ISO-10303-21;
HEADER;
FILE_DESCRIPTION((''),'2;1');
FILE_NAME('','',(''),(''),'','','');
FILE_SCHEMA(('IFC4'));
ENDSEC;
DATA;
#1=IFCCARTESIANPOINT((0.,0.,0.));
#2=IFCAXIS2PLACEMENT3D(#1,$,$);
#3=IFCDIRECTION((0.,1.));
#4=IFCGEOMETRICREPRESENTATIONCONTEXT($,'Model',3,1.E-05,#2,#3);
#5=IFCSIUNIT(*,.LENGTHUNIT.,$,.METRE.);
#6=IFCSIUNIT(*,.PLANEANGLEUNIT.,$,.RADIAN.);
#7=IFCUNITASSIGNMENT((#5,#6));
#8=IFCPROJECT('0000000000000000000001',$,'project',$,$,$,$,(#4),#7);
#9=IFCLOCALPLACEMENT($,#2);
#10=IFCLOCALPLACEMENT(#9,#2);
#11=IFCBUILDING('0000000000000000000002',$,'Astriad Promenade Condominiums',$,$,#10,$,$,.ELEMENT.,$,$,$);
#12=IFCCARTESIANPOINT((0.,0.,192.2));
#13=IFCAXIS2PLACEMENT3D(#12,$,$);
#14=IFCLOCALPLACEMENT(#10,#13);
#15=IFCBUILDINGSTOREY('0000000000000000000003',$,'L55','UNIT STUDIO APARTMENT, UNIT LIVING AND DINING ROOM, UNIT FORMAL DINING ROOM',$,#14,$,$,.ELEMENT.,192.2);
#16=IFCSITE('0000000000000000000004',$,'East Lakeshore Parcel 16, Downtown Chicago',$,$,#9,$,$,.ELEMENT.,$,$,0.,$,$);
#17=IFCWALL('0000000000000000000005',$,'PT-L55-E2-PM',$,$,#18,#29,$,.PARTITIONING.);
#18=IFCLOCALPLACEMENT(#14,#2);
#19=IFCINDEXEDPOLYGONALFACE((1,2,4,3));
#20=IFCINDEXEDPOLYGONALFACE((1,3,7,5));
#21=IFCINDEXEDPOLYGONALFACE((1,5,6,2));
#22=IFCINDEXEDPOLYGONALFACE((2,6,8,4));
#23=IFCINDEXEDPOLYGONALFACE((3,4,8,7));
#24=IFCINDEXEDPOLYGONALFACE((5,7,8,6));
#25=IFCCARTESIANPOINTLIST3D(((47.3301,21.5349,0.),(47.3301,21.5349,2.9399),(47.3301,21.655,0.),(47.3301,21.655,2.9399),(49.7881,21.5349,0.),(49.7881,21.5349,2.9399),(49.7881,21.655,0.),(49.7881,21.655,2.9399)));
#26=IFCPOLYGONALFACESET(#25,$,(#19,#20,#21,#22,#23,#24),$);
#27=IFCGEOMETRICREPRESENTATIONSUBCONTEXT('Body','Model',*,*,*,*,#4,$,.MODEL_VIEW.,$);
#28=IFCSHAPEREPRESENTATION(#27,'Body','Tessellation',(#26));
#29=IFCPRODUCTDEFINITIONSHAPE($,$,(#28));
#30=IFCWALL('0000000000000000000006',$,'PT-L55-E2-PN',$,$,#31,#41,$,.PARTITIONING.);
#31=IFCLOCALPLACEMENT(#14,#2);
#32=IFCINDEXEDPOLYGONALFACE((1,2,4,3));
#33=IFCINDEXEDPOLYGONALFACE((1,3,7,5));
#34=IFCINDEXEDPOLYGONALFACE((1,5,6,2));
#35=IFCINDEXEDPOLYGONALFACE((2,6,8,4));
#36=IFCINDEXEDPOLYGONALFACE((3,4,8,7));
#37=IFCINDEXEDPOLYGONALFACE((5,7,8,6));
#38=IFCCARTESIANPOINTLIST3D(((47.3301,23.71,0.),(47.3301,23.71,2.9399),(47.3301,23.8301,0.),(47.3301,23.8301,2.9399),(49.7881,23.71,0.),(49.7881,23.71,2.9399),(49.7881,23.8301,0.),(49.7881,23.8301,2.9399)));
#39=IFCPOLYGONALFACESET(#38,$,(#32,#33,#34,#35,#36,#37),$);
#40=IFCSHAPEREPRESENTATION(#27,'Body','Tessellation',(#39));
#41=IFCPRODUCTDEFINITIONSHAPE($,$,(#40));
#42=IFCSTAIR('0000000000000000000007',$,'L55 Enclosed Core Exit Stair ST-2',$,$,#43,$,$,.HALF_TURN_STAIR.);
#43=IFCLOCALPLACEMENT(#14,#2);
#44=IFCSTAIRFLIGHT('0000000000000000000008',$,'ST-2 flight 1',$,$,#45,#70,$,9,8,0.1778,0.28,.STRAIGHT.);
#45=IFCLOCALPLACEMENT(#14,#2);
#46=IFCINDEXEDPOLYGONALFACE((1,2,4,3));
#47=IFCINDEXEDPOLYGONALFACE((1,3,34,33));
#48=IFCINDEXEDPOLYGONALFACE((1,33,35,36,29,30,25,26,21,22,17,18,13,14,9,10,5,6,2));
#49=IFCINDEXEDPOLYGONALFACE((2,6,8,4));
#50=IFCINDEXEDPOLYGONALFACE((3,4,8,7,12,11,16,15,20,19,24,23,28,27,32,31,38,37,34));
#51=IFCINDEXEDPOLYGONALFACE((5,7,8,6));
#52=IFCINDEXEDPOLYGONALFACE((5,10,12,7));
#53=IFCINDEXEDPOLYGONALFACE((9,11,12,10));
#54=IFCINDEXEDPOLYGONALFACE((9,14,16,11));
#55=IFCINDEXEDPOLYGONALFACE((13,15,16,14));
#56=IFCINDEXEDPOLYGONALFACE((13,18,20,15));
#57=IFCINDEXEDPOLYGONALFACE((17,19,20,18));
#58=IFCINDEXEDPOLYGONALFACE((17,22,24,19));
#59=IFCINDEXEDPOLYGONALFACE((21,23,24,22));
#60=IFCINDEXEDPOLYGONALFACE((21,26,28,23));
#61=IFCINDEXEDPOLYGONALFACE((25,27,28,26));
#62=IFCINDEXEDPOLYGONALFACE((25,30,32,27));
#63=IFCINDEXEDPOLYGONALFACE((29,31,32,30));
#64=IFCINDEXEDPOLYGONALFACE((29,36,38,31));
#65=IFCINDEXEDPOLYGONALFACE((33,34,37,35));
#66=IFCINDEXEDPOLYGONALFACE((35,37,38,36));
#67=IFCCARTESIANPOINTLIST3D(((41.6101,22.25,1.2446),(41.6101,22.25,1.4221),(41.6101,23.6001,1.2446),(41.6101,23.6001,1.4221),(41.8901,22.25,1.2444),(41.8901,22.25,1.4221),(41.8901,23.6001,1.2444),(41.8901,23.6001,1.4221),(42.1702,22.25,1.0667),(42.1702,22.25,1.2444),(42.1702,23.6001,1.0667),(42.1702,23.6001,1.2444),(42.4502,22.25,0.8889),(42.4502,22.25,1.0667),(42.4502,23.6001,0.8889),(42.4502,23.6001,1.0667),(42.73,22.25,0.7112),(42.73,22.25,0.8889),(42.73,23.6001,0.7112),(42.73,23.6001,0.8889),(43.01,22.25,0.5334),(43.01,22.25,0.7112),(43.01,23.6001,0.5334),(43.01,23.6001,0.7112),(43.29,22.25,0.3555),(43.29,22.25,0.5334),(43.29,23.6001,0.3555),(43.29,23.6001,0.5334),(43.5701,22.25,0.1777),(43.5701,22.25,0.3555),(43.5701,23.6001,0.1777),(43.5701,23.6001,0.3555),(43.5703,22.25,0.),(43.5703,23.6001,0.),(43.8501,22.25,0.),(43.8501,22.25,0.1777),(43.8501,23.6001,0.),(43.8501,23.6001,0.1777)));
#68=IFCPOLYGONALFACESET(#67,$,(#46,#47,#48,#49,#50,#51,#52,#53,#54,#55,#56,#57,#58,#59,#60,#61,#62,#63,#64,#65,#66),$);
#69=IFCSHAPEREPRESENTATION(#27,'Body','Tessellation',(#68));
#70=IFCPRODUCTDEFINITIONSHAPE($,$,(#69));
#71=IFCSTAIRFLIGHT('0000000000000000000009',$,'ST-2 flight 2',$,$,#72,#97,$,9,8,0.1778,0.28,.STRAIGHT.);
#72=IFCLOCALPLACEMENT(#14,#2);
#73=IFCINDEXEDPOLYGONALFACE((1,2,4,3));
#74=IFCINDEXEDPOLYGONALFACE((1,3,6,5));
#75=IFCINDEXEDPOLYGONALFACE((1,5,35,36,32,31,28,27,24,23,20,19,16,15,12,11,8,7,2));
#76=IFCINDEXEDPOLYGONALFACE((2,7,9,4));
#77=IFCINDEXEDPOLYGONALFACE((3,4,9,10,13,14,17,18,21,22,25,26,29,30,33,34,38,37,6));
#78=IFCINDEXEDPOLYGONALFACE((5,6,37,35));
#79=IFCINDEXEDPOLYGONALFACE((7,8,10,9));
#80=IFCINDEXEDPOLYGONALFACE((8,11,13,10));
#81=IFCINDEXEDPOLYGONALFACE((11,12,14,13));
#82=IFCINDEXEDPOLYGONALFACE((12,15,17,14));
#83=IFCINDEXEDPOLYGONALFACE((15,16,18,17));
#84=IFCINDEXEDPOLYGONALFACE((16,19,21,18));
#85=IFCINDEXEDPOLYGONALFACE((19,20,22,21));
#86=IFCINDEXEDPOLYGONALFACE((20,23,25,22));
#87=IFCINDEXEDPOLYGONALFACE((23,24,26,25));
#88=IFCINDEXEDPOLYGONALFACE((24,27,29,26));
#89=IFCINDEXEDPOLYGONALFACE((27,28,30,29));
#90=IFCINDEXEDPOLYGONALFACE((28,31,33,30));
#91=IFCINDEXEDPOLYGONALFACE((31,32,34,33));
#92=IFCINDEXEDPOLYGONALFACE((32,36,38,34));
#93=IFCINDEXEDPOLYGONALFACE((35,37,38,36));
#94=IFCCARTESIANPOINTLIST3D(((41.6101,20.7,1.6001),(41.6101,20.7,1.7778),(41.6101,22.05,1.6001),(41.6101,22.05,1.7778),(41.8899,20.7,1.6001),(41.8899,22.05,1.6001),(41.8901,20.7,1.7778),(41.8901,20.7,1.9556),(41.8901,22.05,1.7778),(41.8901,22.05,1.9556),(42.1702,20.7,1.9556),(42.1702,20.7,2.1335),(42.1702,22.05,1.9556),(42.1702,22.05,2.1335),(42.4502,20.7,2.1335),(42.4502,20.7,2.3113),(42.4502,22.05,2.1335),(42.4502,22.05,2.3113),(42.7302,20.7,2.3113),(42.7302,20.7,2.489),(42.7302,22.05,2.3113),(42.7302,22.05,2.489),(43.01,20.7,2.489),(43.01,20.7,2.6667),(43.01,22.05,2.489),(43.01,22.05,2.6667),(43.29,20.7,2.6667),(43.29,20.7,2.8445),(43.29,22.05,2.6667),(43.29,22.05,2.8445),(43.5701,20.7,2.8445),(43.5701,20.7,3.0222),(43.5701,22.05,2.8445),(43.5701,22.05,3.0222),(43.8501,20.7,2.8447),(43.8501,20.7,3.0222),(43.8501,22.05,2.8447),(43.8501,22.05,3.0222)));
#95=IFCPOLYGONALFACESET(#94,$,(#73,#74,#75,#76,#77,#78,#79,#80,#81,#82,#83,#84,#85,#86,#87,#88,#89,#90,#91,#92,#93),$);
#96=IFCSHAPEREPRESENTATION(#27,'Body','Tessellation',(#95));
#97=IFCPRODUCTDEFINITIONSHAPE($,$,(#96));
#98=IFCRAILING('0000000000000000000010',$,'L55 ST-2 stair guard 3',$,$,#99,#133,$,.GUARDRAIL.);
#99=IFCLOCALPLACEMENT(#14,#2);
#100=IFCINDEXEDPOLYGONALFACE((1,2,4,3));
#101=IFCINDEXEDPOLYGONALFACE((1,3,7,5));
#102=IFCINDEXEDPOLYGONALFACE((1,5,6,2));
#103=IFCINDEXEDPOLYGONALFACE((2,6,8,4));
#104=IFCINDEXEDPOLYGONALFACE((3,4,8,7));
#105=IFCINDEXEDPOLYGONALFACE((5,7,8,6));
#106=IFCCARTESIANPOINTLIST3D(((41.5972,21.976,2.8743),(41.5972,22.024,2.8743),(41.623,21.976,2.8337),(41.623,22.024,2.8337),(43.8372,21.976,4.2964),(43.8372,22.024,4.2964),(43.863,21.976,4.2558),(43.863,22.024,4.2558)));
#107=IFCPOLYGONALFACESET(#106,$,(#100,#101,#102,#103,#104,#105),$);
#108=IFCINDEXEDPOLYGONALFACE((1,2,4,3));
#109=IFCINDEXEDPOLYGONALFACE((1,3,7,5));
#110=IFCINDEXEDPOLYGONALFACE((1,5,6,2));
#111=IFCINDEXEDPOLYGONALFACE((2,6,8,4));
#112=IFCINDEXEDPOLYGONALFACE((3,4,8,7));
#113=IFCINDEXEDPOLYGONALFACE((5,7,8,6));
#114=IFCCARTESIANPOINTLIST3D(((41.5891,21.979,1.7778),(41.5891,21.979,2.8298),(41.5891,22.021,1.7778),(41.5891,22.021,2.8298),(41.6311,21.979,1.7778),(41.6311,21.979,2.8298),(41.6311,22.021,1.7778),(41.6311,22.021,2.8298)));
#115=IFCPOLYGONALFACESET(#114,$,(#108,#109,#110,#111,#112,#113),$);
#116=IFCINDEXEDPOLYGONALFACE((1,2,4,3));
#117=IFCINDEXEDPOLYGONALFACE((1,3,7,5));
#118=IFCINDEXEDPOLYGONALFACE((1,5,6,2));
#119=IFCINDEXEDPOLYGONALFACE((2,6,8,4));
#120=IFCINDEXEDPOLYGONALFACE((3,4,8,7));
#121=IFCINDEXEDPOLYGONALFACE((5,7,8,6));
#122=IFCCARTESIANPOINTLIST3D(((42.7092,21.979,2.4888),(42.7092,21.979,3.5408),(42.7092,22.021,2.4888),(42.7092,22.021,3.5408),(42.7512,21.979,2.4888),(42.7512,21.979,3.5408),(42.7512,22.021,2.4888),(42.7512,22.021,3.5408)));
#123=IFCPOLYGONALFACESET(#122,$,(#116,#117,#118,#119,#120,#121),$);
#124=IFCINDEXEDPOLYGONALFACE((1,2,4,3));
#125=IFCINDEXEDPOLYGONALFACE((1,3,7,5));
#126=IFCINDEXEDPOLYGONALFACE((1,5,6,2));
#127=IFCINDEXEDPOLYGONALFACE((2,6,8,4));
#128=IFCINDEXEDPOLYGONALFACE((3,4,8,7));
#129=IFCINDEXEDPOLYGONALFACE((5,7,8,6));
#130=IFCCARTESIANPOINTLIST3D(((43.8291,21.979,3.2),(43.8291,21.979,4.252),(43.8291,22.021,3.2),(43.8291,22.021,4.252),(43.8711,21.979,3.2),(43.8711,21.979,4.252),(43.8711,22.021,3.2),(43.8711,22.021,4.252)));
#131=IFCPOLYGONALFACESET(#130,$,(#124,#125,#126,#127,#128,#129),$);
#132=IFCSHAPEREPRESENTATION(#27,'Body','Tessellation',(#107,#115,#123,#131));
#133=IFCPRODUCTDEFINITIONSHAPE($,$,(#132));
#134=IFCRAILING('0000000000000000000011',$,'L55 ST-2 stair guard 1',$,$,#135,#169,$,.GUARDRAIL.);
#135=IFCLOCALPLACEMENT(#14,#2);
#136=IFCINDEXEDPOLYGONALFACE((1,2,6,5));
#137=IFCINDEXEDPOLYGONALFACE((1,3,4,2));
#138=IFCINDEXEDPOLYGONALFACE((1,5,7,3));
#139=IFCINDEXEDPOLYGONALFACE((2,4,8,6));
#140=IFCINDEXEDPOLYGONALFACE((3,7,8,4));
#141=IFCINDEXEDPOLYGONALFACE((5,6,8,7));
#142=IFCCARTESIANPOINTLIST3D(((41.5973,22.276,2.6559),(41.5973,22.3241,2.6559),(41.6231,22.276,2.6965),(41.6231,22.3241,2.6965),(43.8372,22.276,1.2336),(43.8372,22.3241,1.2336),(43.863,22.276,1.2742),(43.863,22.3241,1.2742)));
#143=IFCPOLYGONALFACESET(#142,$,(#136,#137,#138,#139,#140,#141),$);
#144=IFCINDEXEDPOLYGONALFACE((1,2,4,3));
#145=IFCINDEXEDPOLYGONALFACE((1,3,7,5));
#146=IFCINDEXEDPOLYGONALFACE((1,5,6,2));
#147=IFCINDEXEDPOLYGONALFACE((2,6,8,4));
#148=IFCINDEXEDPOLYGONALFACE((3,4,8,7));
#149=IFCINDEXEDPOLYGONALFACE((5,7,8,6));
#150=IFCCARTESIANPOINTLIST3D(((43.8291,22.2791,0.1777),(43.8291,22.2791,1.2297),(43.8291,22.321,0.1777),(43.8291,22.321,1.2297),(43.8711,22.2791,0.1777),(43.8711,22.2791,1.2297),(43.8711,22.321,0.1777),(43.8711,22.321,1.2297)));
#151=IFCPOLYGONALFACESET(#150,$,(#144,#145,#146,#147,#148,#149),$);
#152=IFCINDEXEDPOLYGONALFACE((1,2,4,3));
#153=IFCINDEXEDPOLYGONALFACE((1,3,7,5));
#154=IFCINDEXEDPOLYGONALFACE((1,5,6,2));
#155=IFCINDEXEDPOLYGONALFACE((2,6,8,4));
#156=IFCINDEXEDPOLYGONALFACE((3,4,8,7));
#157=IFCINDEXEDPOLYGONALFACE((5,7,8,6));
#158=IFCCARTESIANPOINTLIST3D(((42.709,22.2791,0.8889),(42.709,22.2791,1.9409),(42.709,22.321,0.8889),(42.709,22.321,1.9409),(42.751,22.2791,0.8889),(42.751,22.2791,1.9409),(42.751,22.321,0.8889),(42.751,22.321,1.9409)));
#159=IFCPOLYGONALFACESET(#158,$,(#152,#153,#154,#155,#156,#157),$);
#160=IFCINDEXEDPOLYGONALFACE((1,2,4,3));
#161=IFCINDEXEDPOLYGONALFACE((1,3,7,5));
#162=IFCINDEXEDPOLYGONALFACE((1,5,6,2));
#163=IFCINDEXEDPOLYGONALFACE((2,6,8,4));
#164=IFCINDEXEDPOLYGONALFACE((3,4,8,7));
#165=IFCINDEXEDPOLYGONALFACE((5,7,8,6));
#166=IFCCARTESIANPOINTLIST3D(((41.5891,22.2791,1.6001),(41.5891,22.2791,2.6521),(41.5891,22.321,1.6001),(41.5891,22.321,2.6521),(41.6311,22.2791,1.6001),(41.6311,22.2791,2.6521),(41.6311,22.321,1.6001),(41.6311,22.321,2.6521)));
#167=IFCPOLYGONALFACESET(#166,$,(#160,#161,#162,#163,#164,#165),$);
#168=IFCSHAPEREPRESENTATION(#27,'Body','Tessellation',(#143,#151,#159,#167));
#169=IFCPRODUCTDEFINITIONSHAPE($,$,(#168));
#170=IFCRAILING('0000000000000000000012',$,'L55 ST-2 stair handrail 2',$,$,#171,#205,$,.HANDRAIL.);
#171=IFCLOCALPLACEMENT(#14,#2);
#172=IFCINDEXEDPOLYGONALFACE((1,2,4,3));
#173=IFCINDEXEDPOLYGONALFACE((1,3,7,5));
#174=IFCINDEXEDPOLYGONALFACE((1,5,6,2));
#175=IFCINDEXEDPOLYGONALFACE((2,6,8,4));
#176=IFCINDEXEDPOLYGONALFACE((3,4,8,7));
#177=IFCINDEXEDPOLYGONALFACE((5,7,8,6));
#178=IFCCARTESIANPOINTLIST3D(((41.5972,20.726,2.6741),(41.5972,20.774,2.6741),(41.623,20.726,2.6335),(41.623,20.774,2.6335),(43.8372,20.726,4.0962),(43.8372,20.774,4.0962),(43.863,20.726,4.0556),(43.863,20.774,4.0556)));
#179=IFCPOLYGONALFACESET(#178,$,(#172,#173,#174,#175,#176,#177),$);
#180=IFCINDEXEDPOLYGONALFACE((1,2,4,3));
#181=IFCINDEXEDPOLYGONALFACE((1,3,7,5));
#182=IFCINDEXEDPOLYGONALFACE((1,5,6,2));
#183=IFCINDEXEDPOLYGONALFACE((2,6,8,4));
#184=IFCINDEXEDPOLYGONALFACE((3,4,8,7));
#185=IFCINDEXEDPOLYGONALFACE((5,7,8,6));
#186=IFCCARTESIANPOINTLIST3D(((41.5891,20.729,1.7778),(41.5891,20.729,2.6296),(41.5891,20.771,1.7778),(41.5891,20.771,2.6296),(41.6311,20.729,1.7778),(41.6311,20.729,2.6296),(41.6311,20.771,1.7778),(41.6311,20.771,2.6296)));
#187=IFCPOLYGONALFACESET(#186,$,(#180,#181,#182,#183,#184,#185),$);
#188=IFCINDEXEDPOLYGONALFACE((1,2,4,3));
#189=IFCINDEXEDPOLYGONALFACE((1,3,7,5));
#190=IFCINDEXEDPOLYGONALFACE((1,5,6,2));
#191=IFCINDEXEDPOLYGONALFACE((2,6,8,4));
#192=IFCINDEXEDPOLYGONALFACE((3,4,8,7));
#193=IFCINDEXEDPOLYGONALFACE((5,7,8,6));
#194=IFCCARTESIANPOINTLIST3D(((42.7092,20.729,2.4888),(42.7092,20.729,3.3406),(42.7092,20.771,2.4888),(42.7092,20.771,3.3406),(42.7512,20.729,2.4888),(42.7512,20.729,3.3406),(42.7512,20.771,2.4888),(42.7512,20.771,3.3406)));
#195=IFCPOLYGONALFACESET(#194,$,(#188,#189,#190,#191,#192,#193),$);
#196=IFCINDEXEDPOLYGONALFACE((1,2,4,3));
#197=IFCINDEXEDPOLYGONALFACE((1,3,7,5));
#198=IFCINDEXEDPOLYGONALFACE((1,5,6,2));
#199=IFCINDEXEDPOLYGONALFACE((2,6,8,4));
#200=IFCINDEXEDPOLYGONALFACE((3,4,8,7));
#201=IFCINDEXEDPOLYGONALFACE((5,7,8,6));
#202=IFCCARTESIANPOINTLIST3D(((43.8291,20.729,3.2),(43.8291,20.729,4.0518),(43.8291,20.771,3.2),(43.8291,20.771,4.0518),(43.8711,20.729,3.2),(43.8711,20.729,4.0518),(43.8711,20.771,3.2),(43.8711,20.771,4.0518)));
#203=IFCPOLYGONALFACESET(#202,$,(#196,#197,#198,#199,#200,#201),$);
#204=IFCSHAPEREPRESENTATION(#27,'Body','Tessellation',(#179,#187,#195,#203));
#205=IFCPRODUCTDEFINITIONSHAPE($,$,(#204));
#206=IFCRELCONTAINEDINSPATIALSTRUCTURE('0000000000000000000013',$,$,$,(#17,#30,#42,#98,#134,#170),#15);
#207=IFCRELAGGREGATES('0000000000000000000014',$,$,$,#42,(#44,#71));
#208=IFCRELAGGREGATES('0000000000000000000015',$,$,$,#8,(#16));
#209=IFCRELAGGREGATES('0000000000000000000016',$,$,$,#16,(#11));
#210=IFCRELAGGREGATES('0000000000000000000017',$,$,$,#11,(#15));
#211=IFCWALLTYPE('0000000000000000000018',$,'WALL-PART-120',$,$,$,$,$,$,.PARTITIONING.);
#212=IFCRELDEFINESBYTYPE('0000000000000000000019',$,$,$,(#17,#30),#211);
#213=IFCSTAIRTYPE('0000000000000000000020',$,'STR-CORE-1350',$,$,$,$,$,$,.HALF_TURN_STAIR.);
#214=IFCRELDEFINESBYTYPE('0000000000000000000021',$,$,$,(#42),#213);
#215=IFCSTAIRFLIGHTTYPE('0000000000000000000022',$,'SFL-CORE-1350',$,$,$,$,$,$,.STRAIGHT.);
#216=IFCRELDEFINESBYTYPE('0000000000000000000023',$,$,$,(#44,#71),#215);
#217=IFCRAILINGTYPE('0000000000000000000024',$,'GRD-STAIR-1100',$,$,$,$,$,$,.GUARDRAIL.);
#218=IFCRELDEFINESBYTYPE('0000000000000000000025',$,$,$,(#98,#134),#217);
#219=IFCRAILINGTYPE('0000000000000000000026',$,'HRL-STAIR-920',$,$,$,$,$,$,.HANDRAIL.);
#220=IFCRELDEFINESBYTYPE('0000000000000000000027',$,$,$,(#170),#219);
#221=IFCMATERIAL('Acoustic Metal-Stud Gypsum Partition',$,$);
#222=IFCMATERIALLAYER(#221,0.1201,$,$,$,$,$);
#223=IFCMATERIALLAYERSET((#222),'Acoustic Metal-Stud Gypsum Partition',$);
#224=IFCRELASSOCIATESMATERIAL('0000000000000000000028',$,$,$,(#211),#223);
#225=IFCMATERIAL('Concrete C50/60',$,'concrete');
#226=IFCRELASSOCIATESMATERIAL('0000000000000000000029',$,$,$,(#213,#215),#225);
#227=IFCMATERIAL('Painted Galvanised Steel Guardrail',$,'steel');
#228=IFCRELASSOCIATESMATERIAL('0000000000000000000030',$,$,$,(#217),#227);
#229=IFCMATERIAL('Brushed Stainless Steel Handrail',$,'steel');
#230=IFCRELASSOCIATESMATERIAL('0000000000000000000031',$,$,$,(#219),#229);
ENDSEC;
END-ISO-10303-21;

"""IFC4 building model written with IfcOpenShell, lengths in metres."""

from ifc_helpers import new_model, si_unit, direction, frame, frame_2d, origin, origin_2d, place, context, subcontext, project, spatial, polyline, rectangle, outline, extrude, source, transform, mapped, material, layer, layer_set, type_object, type_shapes, element, aggregate, save


model = new_model("IFC4")

# Units and contexts
model_context = context("Model", 3, precision=1e-05, world=origin(), true_north=direction((0.0, 1.0)))
body_context = subcontext(model_context, "Body", "Model", "MODEL_VIEW")
ifc_project = project(units=[si_unit("LENGTHUNIT", "METRE"), si_unit("PLANEANGLEUNIT", "RADIAN")], contexts=[model_context])

# Site, building, storey
site_placement = place(None, origin())
site = spatial("IfcSite", under=ifc_project, at=site_placement, Name="East Lakeshore Parcel 16, Downtown Chicago", CompositionType="ELEMENT", RefElevation=0.0)
building_placement = place(site_placement, origin())
building = spatial("IfcBuilding", under=site, at=building_placement, Name="Astriad Promenade Condominiums", CompositionType="ELEMENT")
storey_placement = place(building_placement, frame((0.0, 0.0, 192.2)))
storey = spatial("IfcBuildingStorey", under=building, at=storey_placement, Name="L55", Description="UNIT STUDIO APARTMENT, UNIT LIVING AND DINING ROOM, UNIT FORMAL DINING ROOM", CompositionType="ELEMENT", Elevation=192.2)

# Shared definitions
ifc_material_1 = material(Name="Concrete C50/60", Category="concrete")

# Walls
ifc_material_2 = material(Name="Acoustic Metal-Stud Gypsum Partition")
ifc_layer_1 = layer(ifc_material_2, 0.1201)
ifc_layer_set_1 = layer_set([ifc_layer_1], Name="Acoustic Metal-Stud Gypsum Partition")
wall_type_1 = type_object("IfcWallType", Name="WALL-PART-120", PredefinedType="PARTITIONING", material=ifc_layer_set_1)
for number, where, z_axis, x_axis, name in (
    (1, (47.3301, 21.595, 0.0), (0.0, 0.0, 1.0), (1.0, 0.0, 0.0), "PT-L55-E2-PM"),
    (2, (47.3301, 23.77, 0.0), (0.0, 0.0, 1.0), (1.0, 0.0, 0.0), "PT-L55-E2-PN"),
):
    element("IfcWall", number, at=place(storey_placement, frame(where, z_axis=z_axis, x_axis=x_axis)), inside=storey, type_object=wall_type_1, Name=name, PredefinedType="PARTITIONING", context=body_context, shape_type="SweptSolid", body=[
        extrude(rectangle(XDim=2.458, YDim=0.1201, at=frame_2d((1.229, 0.0))), origin(), (0.0, 0.0, 1.0), 2.9399),
    ])

# Stair, stair flights
stair_type = type_object("IfcStairType", Name="STR-CORE-1350", PredefinedType="HALF_TURN_STAIR", material=ifc_material_1)
stair_placement = place(storey_placement, origin())
stair = element("IfcStair", 3, at=stair_placement, inside=storey, type_object=stair_type, Name="L55 Enclosed Core Exit Stair ST-2", PredefinedType="HALF_TURN_STAIR")
stair_flight_type = type_object("IfcStairFlightType", Name="SFL-CORE-1350", PredefinedType="STRAIGHT", material=ifc_material_1)
shared_shape_1 = source(origin(), body_context, "Body", "SweptSolid", [
    extrude(outline(polyline([(0.0, 0.0), (0.0, 0.1777), (0.28, 0.1777), (0.28, 0.3555), (0.5601, 0.3555), (0.5601, 0.5334), (0.8401, 0.5334), (0.8401, 0.7112), (1.1201, 0.7112), (1.1201, 0.8889), (1.3999, 0.8889), (1.3999, 1.0667), (1.6799, 1.0667), (1.6799, 1.2444), (1.96, 1.2444), (1.96, 1.4221), (2.24, 1.4221), (2.24, 1.6001), (2.24, 1.2446), (0.2798, 0.0), (0.0, 0.0)])), frame((0.0, 0.675, 0.0), z_axis=(0.0, -1.0, 0.0), x_axis=(1.0, 0.0, 0.0)), (0.0, 0.0, 1.0), 1.3501),
])
type_shapes(stair_flight_type, [shared_shape_1])
stair_flight_1_placement = place(storey_placement, frame((43.8501, 22.925, 0.0), z_axis=(0.0, 0.0, 1.0), x_axis=(-1.0, 0.0, 0.0)))
stair_flight_1 = element("IfcStairFlight", 4, at=stair_flight_1_placement, type_object=stair_flight_type, Name="ST-2 flight 1", NumberOfRisers=9, NumberOfTreads=8, PredefinedType="STRAIGHT", RiserHeight=0.1778, TreadLength=0.28, context=body_context, shape_type="MappedRepresentation", body=[
    mapped(shared_shape_1, transform((0.0, 0.0, 0.0), scale=1.0)),
])
stair_flight_2_placement = place(storey_placement, frame((41.6101, 21.375, 1.6001), z_axis=(0.0, 0.0, 1.0), x_axis=(1.0, 0.0, 0.0)))
stair_flight_2 = element("IfcStairFlight", 5, at=stair_flight_2_placement, type_object=stair_flight_type, Name="ST-2 flight 2", NumberOfRisers=9, NumberOfTreads=8, PredefinedType="STRAIGHT", RiserHeight=0.1778, TreadLength=0.28, context=body_context, shape_type="MappedRepresentation", body=[
    mapped(shared_shape_1, transform((0.0, 0.0, 0.0), scale=1.0)),
])
aggregate(stair, [stair_flight_1, stair_flight_2])

# Railings
ifc_material_3 = material(Name="Painted Galvanised Steel Guardrail", Category="steel")
railing_type_1 = type_object("IfcRailingType", Name="GRD-STAIR-1100", PredefinedType="GUARDRAIL", material=ifc_material_3)
shared_shape_2 = source(origin(), body_context, "Body", "SweptSolid", [
    extrude(rectangle(XDim=0.0481, YDim=0.0481, at=origin_2d()), frame((0.0, 0.0, 1.0762), z_axis=(0.844229, 0.0, 0.535982), x_axis=(0.0, 1.0, 0.0)), (0.0, 0.0, 1.0), 2.6533),
    extrude(rectangle(XDim=0.042, YDim=0.042, at=origin_2d()), origin(), (0.0, 0.0, 1.0), 1.052),
    extrude(rectangle(XDim=0.042, YDim=0.042, at=origin_2d()), frame((1.1201, 0.0, 0.7109)), (0.0, 0.0, 1.0), 1.052),
    extrude(rectangle(XDim=0.042, YDim=0.042, at=origin_2d()), frame((2.24, 0.0, 1.4221)), (0.0, 0.0, 1.0), 1.052),
])
railing_1_placement = place(storey_placement, frame((41.6101, 22.0, 1.7778)))
element("IfcRailing", 6, at=railing_1_placement, inside=storey, type_object=railing_type_1, Name="L55 ST-2 stair guard 3", PredefinedType="GUARDRAIL", context=body_context, shape_type="MappedRepresentation", body=[
    mapped(shared_shape_2, transform((0.0, 0.0, 0.0), scale=1.0)),
])
shared_shape_3 = source(origin(), body_context, "Body", "SweptSolid", [
    extrude(rectangle(XDim=0.0481, YDim=0.0481, at=origin_2d()), frame((0.0, 0.0, 1.0762), z_axis=(-0.844188, 0.0, 0.536048), x_axis=(0.0, -1.0, 0.0)), (0.0, 0.0, 1.0), 2.6533),
    extrude(rectangle(XDim=0.042, YDim=0.042, at=origin_2d()), origin(), (0.0, 0.0, 1.0), 1.052),
    extrude(rectangle(XDim=0.042, YDim=0.042, at=origin_2d()), frame((-1.1201, 0.0, 0.7112)), (0.0, 0.0, 1.0), 1.052),
    extrude(rectangle(XDim=0.042, YDim=0.042, at=origin_2d()), frame((-2.24, 0.0, 1.4224)), (0.0, 0.0, 1.0), 1.052),
])
railing_2_placement = place(storey_placement, frame((43.8501, 22.3, 0.1777)))
element("IfcRailing", 7, at=railing_2_placement, inside=storey, type_object=railing_type_1, Name="L55 ST-2 stair guard 1", PredefinedType="GUARDRAIL", context=body_context, shape_type="MappedRepresentation", body=[
    mapped(shared_shape_3, transform((0.0, 0.0, 0.0), scale=1.0)),
])
ifc_material_4 = material(Name="Brushed Stainless Steel Handrail", Category="steel")
railing_type_2 = type_object("IfcRailingType", Name="HRL-STAIR-920", PredefinedType="HANDRAIL", material=ifc_material_4)
shared_shape_4 = source(origin(), body_context, "Body", "SweptSolid", [
    extrude(rectangle(XDim=0.0481, YDim=0.0481, at=origin_2d()), frame((0.0, 0.0, 0.876), z_axis=(0.844229, 0.0, 0.535982), x_axis=(0.0, 1.0, 0.0)), (0.0, 0.0, 1.0), 2.6533),
    extrude(rectangle(XDim=0.042, YDim=0.042, at=origin_2d()), origin(), (0.0, 0.0, 1.0), 0.8518),
    extrude(rectangle(XDim=0.042, YDim=0.042, at=origin_2d()), frame((1.1201, 0.0, 0.7109)), (0.0, 0.0, 1.0), 0.8518),
    extrude(rectangle(XDim=0.042, YDim=0.042, at=origin_2d()), frame((2.24, 0.0, 1.4221)), (0.0, 0.0, 1.0), 0.8518),
])
railing_3_placement = place(storey_placement, frame((41.6101, 20.75, 1.7778)))
element("IfcRailing", 8, at=railing_3_placement, inside=storey, type_object=railing_type_2, Name="L55 ST-2 stair handrail 2", PredefinedType="HANDRAIL", context=body_context, shape_type="MappedRepresentation", body=[
    mapped(shared_shape_4, transform((0.0, 0.0, 0.0), scale=1.0)),
])

save(model, "model.ifc")
